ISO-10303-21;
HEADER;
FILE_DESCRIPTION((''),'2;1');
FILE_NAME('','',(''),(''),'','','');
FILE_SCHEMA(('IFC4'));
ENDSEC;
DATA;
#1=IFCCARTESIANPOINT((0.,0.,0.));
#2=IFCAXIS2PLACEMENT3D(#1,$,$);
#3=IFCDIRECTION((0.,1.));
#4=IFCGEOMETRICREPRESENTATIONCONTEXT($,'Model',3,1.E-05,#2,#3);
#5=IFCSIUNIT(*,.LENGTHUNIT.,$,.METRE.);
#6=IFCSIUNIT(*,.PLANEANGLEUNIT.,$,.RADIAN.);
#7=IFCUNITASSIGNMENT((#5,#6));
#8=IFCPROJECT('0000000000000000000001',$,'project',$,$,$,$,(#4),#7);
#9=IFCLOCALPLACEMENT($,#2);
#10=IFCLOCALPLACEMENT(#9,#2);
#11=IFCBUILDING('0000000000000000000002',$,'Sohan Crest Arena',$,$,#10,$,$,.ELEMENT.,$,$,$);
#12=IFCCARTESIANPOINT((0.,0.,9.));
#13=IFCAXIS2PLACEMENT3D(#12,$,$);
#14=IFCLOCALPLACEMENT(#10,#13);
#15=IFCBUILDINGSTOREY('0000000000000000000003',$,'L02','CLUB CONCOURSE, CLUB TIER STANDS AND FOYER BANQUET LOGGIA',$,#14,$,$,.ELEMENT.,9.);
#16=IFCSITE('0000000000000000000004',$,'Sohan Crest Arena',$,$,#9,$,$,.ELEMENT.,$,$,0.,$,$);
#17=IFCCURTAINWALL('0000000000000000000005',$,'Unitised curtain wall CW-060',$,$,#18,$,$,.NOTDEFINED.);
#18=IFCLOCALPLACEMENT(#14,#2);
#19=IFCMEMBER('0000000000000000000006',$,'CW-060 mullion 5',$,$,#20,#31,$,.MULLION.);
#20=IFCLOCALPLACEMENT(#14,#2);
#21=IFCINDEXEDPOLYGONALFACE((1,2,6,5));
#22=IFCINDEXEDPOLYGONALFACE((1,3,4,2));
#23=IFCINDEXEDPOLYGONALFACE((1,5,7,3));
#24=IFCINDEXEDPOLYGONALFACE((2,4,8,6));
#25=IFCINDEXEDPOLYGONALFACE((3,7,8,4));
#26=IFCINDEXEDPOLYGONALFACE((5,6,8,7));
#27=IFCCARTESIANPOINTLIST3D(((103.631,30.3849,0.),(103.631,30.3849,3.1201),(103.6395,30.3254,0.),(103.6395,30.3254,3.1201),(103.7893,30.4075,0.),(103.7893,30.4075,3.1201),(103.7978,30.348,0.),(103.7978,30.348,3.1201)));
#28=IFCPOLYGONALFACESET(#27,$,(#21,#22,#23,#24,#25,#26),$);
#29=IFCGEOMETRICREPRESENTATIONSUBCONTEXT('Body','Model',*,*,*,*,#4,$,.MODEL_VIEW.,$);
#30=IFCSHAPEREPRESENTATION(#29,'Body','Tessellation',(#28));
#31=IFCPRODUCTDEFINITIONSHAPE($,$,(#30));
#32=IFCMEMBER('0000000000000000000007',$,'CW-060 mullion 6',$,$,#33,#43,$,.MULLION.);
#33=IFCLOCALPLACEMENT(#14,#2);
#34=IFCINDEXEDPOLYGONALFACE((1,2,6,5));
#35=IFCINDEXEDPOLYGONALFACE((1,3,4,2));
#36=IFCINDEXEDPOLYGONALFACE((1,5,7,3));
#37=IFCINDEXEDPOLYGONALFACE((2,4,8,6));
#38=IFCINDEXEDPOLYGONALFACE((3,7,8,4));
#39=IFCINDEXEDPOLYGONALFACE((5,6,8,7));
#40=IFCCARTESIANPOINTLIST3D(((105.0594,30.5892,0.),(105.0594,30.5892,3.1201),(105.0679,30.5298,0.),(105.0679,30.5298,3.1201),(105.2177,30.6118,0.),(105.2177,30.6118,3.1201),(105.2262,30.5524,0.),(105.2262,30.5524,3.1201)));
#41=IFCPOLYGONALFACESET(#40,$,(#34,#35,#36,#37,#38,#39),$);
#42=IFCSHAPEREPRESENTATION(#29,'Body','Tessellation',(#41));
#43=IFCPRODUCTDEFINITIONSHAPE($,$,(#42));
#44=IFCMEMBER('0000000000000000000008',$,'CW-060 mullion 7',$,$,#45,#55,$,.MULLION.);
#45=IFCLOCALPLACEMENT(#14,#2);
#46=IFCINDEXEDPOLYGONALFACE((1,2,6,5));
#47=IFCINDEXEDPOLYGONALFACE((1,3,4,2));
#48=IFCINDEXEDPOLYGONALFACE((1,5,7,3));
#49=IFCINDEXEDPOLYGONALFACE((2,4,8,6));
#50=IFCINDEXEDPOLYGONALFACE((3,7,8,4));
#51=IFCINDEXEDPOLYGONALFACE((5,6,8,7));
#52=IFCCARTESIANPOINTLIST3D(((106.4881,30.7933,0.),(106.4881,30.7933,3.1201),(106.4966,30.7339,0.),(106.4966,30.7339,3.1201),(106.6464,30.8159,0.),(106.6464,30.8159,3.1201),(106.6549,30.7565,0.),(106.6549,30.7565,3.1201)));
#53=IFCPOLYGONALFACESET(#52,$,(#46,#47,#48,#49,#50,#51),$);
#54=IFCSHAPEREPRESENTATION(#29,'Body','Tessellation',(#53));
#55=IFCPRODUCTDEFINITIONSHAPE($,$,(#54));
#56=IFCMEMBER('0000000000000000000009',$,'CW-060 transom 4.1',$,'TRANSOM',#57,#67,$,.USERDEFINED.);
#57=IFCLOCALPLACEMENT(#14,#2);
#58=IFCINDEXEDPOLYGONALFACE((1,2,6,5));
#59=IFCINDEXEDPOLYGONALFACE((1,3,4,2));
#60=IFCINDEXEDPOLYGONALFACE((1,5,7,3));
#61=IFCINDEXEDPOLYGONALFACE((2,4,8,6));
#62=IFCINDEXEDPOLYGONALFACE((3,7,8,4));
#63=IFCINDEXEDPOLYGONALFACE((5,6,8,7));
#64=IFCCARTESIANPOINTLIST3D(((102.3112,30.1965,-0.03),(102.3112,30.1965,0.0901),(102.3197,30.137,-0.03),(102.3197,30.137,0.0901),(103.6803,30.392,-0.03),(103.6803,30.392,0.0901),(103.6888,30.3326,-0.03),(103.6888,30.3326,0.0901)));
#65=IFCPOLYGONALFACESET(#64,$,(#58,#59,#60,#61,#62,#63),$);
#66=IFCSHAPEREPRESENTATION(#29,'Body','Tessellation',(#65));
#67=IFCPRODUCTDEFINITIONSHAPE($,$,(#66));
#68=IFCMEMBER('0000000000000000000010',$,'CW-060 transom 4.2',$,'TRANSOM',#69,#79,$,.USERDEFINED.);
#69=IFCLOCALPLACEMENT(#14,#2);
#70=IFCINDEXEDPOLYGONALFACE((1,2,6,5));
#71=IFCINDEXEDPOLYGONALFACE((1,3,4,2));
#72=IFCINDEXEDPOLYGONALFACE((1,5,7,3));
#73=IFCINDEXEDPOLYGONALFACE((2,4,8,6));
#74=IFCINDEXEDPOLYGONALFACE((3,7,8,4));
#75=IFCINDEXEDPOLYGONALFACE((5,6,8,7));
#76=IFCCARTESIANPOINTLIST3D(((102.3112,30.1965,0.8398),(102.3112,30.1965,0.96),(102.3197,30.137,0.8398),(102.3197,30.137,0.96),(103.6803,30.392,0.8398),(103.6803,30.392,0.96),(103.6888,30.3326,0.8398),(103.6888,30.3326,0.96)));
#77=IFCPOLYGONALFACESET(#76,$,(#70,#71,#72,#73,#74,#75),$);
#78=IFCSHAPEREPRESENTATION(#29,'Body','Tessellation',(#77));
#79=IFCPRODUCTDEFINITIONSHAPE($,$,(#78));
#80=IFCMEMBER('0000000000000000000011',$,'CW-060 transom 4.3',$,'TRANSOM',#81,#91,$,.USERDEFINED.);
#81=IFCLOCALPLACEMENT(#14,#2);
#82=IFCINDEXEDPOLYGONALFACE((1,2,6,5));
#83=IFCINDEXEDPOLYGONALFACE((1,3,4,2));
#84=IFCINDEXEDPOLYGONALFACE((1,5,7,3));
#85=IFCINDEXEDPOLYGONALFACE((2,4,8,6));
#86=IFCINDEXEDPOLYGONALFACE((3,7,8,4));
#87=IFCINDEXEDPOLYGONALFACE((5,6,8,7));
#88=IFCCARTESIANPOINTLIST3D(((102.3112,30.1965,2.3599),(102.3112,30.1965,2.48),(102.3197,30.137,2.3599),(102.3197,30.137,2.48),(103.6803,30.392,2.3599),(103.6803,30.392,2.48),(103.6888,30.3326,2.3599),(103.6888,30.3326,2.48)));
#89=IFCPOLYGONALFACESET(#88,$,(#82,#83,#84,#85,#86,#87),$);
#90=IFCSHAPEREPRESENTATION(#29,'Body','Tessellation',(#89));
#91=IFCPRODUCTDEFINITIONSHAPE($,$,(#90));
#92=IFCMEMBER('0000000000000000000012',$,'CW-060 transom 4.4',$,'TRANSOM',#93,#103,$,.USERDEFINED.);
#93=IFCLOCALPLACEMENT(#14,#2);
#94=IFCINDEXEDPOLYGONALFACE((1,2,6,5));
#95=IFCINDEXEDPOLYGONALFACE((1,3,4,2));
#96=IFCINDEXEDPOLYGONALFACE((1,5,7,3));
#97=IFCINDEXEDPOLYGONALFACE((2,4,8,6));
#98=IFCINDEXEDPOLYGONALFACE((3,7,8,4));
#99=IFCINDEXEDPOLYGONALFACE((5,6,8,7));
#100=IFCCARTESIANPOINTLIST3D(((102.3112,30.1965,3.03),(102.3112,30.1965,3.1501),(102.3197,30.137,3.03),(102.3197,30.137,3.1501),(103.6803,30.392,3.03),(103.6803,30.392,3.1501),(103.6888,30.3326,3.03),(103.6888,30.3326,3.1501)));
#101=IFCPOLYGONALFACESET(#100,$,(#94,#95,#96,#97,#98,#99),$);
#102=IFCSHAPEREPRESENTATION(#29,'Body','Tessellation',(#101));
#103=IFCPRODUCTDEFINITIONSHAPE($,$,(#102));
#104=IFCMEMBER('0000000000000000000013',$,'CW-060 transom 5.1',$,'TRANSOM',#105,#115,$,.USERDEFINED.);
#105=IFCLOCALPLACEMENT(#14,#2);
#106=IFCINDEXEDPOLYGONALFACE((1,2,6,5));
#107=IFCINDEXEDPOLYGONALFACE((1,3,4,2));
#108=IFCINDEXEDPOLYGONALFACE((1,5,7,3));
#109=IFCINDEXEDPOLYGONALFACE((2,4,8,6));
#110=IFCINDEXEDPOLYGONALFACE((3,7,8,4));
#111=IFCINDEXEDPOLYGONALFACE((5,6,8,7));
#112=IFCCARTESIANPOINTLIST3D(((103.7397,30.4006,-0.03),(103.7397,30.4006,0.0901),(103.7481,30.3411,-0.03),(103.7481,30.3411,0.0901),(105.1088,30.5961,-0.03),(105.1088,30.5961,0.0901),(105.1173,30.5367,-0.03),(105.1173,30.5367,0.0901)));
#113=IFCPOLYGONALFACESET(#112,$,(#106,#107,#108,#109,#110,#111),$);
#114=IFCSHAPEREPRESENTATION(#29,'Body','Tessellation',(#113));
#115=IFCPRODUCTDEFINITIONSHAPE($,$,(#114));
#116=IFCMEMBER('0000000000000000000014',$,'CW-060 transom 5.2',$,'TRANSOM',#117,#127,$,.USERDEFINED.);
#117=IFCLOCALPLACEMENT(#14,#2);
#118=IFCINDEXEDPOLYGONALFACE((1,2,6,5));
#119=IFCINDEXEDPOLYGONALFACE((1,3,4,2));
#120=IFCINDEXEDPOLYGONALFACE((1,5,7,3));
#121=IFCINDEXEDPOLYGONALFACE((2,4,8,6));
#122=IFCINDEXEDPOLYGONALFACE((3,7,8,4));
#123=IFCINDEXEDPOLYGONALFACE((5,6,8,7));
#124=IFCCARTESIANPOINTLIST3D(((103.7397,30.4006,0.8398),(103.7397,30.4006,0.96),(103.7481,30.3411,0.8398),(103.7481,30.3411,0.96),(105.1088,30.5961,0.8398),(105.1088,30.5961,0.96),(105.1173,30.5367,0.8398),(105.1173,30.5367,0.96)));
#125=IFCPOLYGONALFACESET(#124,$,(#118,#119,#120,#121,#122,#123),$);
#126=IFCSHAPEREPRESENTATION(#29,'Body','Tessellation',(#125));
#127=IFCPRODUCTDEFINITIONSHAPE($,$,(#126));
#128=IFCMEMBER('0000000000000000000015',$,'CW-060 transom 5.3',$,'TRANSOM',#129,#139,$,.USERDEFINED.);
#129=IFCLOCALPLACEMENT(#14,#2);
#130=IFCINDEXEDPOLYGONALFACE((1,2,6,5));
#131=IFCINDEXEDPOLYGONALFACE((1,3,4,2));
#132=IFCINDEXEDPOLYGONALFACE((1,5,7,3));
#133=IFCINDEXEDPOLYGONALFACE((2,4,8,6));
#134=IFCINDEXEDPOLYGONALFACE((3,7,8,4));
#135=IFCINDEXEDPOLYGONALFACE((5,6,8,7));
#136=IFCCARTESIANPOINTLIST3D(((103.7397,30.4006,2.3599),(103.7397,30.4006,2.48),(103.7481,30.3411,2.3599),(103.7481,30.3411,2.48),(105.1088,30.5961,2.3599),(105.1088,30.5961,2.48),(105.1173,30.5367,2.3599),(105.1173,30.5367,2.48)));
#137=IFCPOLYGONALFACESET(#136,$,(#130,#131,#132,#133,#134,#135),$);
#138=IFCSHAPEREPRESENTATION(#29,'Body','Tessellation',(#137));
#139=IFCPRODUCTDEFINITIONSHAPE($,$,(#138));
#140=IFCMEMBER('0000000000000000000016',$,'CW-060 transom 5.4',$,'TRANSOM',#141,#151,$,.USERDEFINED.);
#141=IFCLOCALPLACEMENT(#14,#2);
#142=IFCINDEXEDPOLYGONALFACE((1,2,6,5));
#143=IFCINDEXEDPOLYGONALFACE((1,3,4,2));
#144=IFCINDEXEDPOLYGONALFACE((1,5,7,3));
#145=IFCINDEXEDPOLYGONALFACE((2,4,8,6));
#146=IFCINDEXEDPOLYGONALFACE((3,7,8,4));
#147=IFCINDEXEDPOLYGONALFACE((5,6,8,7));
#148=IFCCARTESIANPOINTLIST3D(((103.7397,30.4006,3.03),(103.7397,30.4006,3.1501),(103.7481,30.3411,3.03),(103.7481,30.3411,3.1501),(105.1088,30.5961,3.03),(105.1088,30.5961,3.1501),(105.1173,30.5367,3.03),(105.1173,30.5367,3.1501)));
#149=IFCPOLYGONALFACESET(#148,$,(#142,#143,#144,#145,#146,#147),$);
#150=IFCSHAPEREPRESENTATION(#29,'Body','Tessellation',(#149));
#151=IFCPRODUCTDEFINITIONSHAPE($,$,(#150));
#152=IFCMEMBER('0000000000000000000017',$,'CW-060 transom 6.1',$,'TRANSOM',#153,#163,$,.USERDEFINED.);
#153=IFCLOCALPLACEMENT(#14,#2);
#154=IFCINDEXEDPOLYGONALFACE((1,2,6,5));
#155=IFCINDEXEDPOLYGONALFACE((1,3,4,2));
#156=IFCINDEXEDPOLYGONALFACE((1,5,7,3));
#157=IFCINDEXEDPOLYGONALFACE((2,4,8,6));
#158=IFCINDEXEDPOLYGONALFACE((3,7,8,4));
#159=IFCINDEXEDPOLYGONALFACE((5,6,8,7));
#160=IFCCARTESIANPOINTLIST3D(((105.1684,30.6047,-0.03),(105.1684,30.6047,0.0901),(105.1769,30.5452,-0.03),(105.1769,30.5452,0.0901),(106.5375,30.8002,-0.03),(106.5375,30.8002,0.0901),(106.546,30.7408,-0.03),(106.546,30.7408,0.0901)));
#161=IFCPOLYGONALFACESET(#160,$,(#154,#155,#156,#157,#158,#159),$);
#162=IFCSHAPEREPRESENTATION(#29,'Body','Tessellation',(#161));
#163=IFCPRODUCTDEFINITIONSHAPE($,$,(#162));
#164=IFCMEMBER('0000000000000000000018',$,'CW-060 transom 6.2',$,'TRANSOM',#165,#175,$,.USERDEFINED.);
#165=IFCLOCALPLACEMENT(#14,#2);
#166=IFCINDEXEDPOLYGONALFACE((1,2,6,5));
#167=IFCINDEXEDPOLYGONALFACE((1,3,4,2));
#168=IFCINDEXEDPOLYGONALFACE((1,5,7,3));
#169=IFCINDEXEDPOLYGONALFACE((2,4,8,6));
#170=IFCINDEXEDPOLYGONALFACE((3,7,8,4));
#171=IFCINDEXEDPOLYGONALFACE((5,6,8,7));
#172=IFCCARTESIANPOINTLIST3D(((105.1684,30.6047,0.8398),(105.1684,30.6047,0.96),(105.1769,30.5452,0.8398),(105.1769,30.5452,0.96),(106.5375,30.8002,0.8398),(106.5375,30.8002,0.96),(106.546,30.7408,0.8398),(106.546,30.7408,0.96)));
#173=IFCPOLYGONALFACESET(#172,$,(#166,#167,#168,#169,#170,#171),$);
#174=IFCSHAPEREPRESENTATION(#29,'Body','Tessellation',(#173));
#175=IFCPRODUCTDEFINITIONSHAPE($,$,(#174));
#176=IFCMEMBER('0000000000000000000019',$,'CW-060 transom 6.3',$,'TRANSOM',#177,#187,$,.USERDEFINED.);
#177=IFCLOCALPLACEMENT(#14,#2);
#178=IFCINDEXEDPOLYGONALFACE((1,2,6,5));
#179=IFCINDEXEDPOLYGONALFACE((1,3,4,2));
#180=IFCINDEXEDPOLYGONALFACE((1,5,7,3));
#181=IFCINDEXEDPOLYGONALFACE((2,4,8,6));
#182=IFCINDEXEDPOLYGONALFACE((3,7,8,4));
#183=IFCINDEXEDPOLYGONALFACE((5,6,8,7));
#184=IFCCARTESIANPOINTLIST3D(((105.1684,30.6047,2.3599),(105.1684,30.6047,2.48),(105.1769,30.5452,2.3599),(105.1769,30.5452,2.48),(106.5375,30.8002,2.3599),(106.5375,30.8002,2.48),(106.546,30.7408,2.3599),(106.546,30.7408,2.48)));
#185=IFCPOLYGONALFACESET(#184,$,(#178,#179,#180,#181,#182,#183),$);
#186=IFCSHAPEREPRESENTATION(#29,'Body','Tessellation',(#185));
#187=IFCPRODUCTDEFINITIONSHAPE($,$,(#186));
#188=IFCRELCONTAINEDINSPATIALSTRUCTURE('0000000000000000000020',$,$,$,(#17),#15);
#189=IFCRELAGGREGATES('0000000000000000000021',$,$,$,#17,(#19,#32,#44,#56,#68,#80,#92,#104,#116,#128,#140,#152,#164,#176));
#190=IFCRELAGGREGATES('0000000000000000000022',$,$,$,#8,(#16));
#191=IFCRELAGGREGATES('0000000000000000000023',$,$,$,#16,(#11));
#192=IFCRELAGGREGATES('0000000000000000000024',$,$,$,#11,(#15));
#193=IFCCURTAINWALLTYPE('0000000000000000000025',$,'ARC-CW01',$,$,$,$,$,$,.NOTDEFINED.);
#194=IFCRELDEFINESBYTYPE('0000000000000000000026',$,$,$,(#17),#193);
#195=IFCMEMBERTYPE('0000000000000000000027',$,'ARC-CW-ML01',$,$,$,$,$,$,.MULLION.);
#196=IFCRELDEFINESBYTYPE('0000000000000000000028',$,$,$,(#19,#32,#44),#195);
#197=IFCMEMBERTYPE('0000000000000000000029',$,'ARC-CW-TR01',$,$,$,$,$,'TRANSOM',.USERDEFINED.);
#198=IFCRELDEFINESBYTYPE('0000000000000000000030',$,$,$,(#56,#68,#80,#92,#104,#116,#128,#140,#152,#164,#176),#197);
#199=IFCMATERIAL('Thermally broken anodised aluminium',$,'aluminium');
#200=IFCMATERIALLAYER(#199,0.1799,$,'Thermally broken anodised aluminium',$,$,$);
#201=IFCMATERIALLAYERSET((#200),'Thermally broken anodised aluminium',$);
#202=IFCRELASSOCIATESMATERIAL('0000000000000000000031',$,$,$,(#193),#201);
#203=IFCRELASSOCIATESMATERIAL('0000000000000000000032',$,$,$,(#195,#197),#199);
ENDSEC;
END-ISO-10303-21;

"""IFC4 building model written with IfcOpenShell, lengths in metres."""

from ifc_helpers import new_model, si_unit, direction, frame, origin, origin_2d, place, context, subcontext, project, spatial, rectangle, extrude, material, layer, layer_set, material_profile, profile_set, type_object, element, aggregate, save


model = new_model("IFC4")

# Units and contexts
model_context = context("Model", 3, precision=1e-05, world=origin(), true_north=direction((0.0, 1.0)))
body_context = subcontext(model_context, "Body", "Model", "MODEL_VIEW")
ifc_project = project(units=[si_unit("LENGTHUNIT", "METRE"), si_unit("PLANEANGLEUNIT", "RADIAN")], contexts=[model_context])

# Site, building, storey
site_placement = place(None, origin())
site = spatial("IfcSite", under=ifc_project, at=site_placement, Name="Sohan Crest Arena", CompositionType="ELEMENT", RefElevation=0.0)
building_placement = place(site_placement, origin())
building = spatial("IfcBuilding", under=site, at=building_placement, Name="Sohan Crest Arena", CompositionType="ELEMENT")
storey_placement = place(building_placement, frame((0.0, 0.0, 9.0)))
storey = spatial("IfcBuildingStorey", under=building, at=storey_placement, Name="L02", Description="CLUB CONCOURSE, CLUB TIER STANDS AND FOYER BANQUET LOGGIA", CompositionType="ELEMENT", Elevation=9.0)

# Curtain wall, members
ifc_material_1 = material(Name="Thermally broken anodised aluminium", Category="aluminium")
ifc_layer_1 = layer(ifc_material_1, 0.1799, Name="Thermally broken anodised aluminium")
ifc_layer_set_1 = layer_set([ifc_layer_1], Name="Thermally broken anodised aluminium")
curtain_wall_type_1 = type_object("IfcCurtainWallType", Name="ARC-CW01", PredefinedType="NOTDEFINED", material=ifc_layer_set_1)
curtain_wall_1_placement = place(storey_placement, origin())
curtain_wall_1 = element("IfcCurtainWall", 1, at=curtain_wall_1_placement, inside=storey, type_object=curtain_wall_type_1, Name="Unitised curtain wall CW-060", PredefinedType="NOTDEFINED")
ifc_material_profile_1 = material_profile(ifc_material_1, rectangle(XDim=0.0601, YDim=0.1599, at=origin_2d()), Name="ALU-MULL 60x160")
ifc_profile_set_1 = profile_set([ifc_material_profile_1], Name="Thermally broken anodised aluminium")
member_type_1 = type_object("IfcMemberType", Name="ARC-CW-ML01", PredefinedType="MULLION", material=ifc_profile_set_1)
member_1_placement = place(storey_placement, frame((103.7144, 30.3665, 0.0), z_axis=(0.0, 0.0, 1.0), x_axis=(-0.141463, 0.989944, 0.0)))
member_1 = element("IfcMember", 2, at=member_1_placement, type_object=member_type_1, Name="CW-060 mullion 5", PredefinedType="MULLION", context=body_context, shape_type="SweptSolid", body=[
    extrude(rectangle(XDim=0.0601, YDim=0.1599, at=origin_2d()), origin(), (0.0, 0.0, 1.0), 3.1201),
])
member_2_placement = place(storey_placement, frame((105.1428, 30.5708, 0.0), z_axis=(0.0, 0.0, 1.0), x_axis=(-0.141463, 0.989944, 0.0)))
member_2 = element("IfcMember", 3, at=member_2_placement, type_object=member_type_1, Name="CW-060 mullion 6", PredefinedType="MULLION", context=body_context, shape_type="SweptSolid", body=[
    extrude(rectangle(XDim=0.0601, YDim=0.1599, at=origin_2d()), origin(), (0.0, 0.0, 1.0), 3.1201),
])
member_3_placement = place(storey_placement, frame((106.5715, 30.7749, 0.0), z_axis=(0.0, 0.0, 1.0), x_axis=(-0.141463, 0.989944, 0.0)))
member_3 = element("IfcMember", 4, at=member_3_placement, type_object=member_type_1, Name="CW-060 mullion 7", PredefinedType="MULLION", context=body_context, shape_type="SweptSolid", body=[
    extrude(rectangle(XDim=0.0601, YDim=0.1599, at=origin_2d()), origin(), (0.0, 0.0, 1.0), 3.1201),
])
ifc_material_profile_2 = material_profile(ifc_material_1, rectangle(XDim=0.0601, YDim=0.1201, at=origin_2d()), Name="ALU-TRAN 60x120")
ifc_profile_set_2 = profile_set([ifc_material_profile_2], Name="Thermally broken anodised aluminium")
member_type_2 = type_object("IfcMemberType", Name="ARC-CW-TR01", ElementType="TRANSOM", PredefinedType="USERDEFINED", material=ifc_profile_set_2)
member_4_placement = place(storey_placement, frame((102.3154, 30.1667, 0.03), z_axis=(0.989953, 0.141397, 0.0), x_axis=(-0.141397, 0.989953, 0.0)))
member_4 = element("IfcMember", 5, at=member_4_placement, type_object=member_type_2, Name="CW-060 transom 4.1", ObjectType="TRANSOM", PredefinedType="USERDEFINED", context=body_context, shape_type="SweptSolid", body=[
    extrude(rectangle(XDim=0.0601, YDim=0.1201, at=origin_2d()), origin(), (0.0, 0.0, 1.0), 1.3831),
])
member_5_placement = place(storey_placement, frame((102.3154, 30.1667, 0.8999), z_axis=(0.989953, 0.141397, 0.0), x_axis=(-0.141397, 0.989953, 0.0)))
member_5 = element("IfcMember", 6, at=member_5_placement, type_object=member_type_2, Name="CW-060 transom 4.2", ObjectType="TRANSOM", PredefinedType="USERDEFINED", context=body_context, shape_type="SweptSolid", body=[
    extrude(rectangle(XDim=0.0601, YDim=0.1201, at=origin_2d()), origin(), (0.0, 0.0, 1.0), 1.3831),
])
member_6_placement = place(storey_placement, frame((102.3154, 30.1667, 2.4199), z_axis=(0.989953, 0.141397, 0.0), x_axis=(-0.141397, 0.989953, 0.0)))
member_6 = element("IfcMember", 7, at=member_6_placement, type_object=member_type_2, Name="CW-060 transom 4.3", ObjectType="TRANSOM", PredefinedType="USERDEFINED", context=body_context, shape_type="SweptSolid", body=[
    extrude(rectangle(XDim=0.0601, YDim=0.1201, at=origin_2d()), origin(), (0.0, 0.0, 1.0), 1.3831),
])
member_7_placement = place(storey_placement, frame((102.3154, 30.1667, 3.0901), z_axis=(0.989953, 0.141397, 0.0), x_axis=(-0.141397, 0.989953, 0.0)))
member_7 = element("IfcMember", 8, at=member_7_placement, type_object=member_type_2, Name="CW-060 transom 4.4", ObjectType="TRANSOM", PredefinedType="USERDEFINED", context=body_context, shape_type="SweptSolid", body=[
    extrude(rectangle(XDim=0.0601, YDim=0.1201, at=origin_2d()), origin(), (0.0, 0.0, 1.0), 1.3831),
])
member_8_placement = place(storey_placement, frame((103.7439, 30.3708, 0.03), z_axis=(0.989953, 0.141397, 0.0), x_axis=(-0.141397, 0.989953, 0.0)))
member_8 = element("IfcMember", 9, at=member_8_placement, type_object=member_type_2, Name="CW-060 transom 5.1", ObjectType="TRANSOM", PredefinedType="USERDEFINED", context=body_context, shape_type="SweptSolid", body=[
    extrude(rectangle(XDim=0.0601, YDim=0.1201, at=origin_2d()), origin(), (0.0, 0.0, 1.0), 1.3831),
])
member_9_placement = place(storey_placement, frame((103.7439, 30.3708, 0.8999), z_axis=(0.989953, 0.141397, 0.0), x_axis=(-0.141397, 0.989953, 0.0)))
member_9 = element("IfcMember", 10, at=member_9_placement, type_object=member_type_2, Name="CW-060 transom 5.2", ObjectType="TRANSOM", PredefinedType="USERDEFINED", context=body_context, shape_type="SweptSolid", body=[
    extrude(rectangle(XDim=0.0601, YDim=0.1201, at=origin_2d()), origin(), (0.0, 0.0, 1.0), 1.3831),
])
member_10_placement = place(storey_placement, frame((103.7439, 30.3708, 2.4199), z_axis=(0.989953, 0.141397, 0.0), x_axis=(-0.141397, 0.989953, 0.0)))
member_10 = element("IfcMember", 11, at=member_10_placement, type_object=member_type_2, Name="CW-060 transom 5.3", ObjectType="TRANSOM", PredefinedType="USERDEFINED", context=body_context, shape_type="SweptSolid", body=[
    extrude(rectangle(XDim=0.0601, YDim=0.1201, at=origin_2d()), origin(), (0.0, 0.0, 1.0), 1.3831),
])
member_11_placement = place(storey_placement, frame((103.7439, 30.3708, 3.0901), z_axis=(0.989953, 0.141397, 0.0), x_axis=(-0.141397, 0.989953, 0.0)))
member_11 = element("IfcMember", 12, at=member_11_placement, type_object=member_type_2, Name="CW-060 transom 5.4", ObjectType="TRANSOM", PredefinedType="USERDEFINED", context=body_context, shape_type="SweptSolid", body=[
    extrude(rectangle(XDim=0.0601, YDim=0.1201, at=origin_2d()), origin(), (0.0, 0.0, 1.0), 1.3831),
])
member_12_placement = place(storey_placement, frame((105.1726, 30.575, 0.03), z_axis=(0.989953, 0.141397, 0.0), x_axis=(-0.141397, 0.989953, 0.0)))
member_12 = element("IfcMember", 13, at=member_12_placement, type_object=member_type_2, Name="CW-060 transom 6.1", ObjectType="TRANSOM", PredefinedType="USERDEFINED", context=body_context, shape_type="SweptSolid", body=[
    extrude(rectangle(XDim=0.0601, YDim=0.1201, at=origin_2d()), origin(), (0.0, 0.0, 1.0), 1.3831),
])
member_13_placement = place(storey_placement, frame((105.1726, 30.575, 0.8999), z_axis=(0.989953, 0.141397, 0.0), x_axis=(-0.141397, 0.989953, 0.0)))
member_13 = element("IfcMember", 14, at=member_13_placement, type_object=member_type_2, Name="CW-060 transom 6.2", ObjectType="TRANSOM", PredefinedType="USERDEFINED", context=body_context, shape_type="SweptSolid", body=[
    extrude(rectangle(XDim=0.0601, YDim=0.1201, at=origin_2d()), origin(), (0.0, 0.0, 1.0), 1.3831),
])
member_14_placement = place(storey_placement, frame((105.1726, 30.575, 2.4199), z_axis=(0.989953, 0.141397, 0.0), x_axis=(-0.141397, 0.989953, 0.0)))
member_14 = element("IfcMember", 15, at=member_14_placement, type_object=member_type_2, Name="CW-060 transom 6.3", ObjectType="TRANSOM", PredefinedType="USERDEFINED", context=body_context, shape_type="SweptSolid", body=[
    extrude(rectangle(XDim=0.0601, YDim=0.1201, at=origin_2d()), origin(), (0.0, 0.0, 1.0), 1.3831),
])

aggregate(curtain_wall_1, [member_1, member_2, member_3, member_4, member_5, member_6, member_7, member_8, member_9, member_10, member_11, member_12, member_13, member_14])

save(model, "model.ifc")
